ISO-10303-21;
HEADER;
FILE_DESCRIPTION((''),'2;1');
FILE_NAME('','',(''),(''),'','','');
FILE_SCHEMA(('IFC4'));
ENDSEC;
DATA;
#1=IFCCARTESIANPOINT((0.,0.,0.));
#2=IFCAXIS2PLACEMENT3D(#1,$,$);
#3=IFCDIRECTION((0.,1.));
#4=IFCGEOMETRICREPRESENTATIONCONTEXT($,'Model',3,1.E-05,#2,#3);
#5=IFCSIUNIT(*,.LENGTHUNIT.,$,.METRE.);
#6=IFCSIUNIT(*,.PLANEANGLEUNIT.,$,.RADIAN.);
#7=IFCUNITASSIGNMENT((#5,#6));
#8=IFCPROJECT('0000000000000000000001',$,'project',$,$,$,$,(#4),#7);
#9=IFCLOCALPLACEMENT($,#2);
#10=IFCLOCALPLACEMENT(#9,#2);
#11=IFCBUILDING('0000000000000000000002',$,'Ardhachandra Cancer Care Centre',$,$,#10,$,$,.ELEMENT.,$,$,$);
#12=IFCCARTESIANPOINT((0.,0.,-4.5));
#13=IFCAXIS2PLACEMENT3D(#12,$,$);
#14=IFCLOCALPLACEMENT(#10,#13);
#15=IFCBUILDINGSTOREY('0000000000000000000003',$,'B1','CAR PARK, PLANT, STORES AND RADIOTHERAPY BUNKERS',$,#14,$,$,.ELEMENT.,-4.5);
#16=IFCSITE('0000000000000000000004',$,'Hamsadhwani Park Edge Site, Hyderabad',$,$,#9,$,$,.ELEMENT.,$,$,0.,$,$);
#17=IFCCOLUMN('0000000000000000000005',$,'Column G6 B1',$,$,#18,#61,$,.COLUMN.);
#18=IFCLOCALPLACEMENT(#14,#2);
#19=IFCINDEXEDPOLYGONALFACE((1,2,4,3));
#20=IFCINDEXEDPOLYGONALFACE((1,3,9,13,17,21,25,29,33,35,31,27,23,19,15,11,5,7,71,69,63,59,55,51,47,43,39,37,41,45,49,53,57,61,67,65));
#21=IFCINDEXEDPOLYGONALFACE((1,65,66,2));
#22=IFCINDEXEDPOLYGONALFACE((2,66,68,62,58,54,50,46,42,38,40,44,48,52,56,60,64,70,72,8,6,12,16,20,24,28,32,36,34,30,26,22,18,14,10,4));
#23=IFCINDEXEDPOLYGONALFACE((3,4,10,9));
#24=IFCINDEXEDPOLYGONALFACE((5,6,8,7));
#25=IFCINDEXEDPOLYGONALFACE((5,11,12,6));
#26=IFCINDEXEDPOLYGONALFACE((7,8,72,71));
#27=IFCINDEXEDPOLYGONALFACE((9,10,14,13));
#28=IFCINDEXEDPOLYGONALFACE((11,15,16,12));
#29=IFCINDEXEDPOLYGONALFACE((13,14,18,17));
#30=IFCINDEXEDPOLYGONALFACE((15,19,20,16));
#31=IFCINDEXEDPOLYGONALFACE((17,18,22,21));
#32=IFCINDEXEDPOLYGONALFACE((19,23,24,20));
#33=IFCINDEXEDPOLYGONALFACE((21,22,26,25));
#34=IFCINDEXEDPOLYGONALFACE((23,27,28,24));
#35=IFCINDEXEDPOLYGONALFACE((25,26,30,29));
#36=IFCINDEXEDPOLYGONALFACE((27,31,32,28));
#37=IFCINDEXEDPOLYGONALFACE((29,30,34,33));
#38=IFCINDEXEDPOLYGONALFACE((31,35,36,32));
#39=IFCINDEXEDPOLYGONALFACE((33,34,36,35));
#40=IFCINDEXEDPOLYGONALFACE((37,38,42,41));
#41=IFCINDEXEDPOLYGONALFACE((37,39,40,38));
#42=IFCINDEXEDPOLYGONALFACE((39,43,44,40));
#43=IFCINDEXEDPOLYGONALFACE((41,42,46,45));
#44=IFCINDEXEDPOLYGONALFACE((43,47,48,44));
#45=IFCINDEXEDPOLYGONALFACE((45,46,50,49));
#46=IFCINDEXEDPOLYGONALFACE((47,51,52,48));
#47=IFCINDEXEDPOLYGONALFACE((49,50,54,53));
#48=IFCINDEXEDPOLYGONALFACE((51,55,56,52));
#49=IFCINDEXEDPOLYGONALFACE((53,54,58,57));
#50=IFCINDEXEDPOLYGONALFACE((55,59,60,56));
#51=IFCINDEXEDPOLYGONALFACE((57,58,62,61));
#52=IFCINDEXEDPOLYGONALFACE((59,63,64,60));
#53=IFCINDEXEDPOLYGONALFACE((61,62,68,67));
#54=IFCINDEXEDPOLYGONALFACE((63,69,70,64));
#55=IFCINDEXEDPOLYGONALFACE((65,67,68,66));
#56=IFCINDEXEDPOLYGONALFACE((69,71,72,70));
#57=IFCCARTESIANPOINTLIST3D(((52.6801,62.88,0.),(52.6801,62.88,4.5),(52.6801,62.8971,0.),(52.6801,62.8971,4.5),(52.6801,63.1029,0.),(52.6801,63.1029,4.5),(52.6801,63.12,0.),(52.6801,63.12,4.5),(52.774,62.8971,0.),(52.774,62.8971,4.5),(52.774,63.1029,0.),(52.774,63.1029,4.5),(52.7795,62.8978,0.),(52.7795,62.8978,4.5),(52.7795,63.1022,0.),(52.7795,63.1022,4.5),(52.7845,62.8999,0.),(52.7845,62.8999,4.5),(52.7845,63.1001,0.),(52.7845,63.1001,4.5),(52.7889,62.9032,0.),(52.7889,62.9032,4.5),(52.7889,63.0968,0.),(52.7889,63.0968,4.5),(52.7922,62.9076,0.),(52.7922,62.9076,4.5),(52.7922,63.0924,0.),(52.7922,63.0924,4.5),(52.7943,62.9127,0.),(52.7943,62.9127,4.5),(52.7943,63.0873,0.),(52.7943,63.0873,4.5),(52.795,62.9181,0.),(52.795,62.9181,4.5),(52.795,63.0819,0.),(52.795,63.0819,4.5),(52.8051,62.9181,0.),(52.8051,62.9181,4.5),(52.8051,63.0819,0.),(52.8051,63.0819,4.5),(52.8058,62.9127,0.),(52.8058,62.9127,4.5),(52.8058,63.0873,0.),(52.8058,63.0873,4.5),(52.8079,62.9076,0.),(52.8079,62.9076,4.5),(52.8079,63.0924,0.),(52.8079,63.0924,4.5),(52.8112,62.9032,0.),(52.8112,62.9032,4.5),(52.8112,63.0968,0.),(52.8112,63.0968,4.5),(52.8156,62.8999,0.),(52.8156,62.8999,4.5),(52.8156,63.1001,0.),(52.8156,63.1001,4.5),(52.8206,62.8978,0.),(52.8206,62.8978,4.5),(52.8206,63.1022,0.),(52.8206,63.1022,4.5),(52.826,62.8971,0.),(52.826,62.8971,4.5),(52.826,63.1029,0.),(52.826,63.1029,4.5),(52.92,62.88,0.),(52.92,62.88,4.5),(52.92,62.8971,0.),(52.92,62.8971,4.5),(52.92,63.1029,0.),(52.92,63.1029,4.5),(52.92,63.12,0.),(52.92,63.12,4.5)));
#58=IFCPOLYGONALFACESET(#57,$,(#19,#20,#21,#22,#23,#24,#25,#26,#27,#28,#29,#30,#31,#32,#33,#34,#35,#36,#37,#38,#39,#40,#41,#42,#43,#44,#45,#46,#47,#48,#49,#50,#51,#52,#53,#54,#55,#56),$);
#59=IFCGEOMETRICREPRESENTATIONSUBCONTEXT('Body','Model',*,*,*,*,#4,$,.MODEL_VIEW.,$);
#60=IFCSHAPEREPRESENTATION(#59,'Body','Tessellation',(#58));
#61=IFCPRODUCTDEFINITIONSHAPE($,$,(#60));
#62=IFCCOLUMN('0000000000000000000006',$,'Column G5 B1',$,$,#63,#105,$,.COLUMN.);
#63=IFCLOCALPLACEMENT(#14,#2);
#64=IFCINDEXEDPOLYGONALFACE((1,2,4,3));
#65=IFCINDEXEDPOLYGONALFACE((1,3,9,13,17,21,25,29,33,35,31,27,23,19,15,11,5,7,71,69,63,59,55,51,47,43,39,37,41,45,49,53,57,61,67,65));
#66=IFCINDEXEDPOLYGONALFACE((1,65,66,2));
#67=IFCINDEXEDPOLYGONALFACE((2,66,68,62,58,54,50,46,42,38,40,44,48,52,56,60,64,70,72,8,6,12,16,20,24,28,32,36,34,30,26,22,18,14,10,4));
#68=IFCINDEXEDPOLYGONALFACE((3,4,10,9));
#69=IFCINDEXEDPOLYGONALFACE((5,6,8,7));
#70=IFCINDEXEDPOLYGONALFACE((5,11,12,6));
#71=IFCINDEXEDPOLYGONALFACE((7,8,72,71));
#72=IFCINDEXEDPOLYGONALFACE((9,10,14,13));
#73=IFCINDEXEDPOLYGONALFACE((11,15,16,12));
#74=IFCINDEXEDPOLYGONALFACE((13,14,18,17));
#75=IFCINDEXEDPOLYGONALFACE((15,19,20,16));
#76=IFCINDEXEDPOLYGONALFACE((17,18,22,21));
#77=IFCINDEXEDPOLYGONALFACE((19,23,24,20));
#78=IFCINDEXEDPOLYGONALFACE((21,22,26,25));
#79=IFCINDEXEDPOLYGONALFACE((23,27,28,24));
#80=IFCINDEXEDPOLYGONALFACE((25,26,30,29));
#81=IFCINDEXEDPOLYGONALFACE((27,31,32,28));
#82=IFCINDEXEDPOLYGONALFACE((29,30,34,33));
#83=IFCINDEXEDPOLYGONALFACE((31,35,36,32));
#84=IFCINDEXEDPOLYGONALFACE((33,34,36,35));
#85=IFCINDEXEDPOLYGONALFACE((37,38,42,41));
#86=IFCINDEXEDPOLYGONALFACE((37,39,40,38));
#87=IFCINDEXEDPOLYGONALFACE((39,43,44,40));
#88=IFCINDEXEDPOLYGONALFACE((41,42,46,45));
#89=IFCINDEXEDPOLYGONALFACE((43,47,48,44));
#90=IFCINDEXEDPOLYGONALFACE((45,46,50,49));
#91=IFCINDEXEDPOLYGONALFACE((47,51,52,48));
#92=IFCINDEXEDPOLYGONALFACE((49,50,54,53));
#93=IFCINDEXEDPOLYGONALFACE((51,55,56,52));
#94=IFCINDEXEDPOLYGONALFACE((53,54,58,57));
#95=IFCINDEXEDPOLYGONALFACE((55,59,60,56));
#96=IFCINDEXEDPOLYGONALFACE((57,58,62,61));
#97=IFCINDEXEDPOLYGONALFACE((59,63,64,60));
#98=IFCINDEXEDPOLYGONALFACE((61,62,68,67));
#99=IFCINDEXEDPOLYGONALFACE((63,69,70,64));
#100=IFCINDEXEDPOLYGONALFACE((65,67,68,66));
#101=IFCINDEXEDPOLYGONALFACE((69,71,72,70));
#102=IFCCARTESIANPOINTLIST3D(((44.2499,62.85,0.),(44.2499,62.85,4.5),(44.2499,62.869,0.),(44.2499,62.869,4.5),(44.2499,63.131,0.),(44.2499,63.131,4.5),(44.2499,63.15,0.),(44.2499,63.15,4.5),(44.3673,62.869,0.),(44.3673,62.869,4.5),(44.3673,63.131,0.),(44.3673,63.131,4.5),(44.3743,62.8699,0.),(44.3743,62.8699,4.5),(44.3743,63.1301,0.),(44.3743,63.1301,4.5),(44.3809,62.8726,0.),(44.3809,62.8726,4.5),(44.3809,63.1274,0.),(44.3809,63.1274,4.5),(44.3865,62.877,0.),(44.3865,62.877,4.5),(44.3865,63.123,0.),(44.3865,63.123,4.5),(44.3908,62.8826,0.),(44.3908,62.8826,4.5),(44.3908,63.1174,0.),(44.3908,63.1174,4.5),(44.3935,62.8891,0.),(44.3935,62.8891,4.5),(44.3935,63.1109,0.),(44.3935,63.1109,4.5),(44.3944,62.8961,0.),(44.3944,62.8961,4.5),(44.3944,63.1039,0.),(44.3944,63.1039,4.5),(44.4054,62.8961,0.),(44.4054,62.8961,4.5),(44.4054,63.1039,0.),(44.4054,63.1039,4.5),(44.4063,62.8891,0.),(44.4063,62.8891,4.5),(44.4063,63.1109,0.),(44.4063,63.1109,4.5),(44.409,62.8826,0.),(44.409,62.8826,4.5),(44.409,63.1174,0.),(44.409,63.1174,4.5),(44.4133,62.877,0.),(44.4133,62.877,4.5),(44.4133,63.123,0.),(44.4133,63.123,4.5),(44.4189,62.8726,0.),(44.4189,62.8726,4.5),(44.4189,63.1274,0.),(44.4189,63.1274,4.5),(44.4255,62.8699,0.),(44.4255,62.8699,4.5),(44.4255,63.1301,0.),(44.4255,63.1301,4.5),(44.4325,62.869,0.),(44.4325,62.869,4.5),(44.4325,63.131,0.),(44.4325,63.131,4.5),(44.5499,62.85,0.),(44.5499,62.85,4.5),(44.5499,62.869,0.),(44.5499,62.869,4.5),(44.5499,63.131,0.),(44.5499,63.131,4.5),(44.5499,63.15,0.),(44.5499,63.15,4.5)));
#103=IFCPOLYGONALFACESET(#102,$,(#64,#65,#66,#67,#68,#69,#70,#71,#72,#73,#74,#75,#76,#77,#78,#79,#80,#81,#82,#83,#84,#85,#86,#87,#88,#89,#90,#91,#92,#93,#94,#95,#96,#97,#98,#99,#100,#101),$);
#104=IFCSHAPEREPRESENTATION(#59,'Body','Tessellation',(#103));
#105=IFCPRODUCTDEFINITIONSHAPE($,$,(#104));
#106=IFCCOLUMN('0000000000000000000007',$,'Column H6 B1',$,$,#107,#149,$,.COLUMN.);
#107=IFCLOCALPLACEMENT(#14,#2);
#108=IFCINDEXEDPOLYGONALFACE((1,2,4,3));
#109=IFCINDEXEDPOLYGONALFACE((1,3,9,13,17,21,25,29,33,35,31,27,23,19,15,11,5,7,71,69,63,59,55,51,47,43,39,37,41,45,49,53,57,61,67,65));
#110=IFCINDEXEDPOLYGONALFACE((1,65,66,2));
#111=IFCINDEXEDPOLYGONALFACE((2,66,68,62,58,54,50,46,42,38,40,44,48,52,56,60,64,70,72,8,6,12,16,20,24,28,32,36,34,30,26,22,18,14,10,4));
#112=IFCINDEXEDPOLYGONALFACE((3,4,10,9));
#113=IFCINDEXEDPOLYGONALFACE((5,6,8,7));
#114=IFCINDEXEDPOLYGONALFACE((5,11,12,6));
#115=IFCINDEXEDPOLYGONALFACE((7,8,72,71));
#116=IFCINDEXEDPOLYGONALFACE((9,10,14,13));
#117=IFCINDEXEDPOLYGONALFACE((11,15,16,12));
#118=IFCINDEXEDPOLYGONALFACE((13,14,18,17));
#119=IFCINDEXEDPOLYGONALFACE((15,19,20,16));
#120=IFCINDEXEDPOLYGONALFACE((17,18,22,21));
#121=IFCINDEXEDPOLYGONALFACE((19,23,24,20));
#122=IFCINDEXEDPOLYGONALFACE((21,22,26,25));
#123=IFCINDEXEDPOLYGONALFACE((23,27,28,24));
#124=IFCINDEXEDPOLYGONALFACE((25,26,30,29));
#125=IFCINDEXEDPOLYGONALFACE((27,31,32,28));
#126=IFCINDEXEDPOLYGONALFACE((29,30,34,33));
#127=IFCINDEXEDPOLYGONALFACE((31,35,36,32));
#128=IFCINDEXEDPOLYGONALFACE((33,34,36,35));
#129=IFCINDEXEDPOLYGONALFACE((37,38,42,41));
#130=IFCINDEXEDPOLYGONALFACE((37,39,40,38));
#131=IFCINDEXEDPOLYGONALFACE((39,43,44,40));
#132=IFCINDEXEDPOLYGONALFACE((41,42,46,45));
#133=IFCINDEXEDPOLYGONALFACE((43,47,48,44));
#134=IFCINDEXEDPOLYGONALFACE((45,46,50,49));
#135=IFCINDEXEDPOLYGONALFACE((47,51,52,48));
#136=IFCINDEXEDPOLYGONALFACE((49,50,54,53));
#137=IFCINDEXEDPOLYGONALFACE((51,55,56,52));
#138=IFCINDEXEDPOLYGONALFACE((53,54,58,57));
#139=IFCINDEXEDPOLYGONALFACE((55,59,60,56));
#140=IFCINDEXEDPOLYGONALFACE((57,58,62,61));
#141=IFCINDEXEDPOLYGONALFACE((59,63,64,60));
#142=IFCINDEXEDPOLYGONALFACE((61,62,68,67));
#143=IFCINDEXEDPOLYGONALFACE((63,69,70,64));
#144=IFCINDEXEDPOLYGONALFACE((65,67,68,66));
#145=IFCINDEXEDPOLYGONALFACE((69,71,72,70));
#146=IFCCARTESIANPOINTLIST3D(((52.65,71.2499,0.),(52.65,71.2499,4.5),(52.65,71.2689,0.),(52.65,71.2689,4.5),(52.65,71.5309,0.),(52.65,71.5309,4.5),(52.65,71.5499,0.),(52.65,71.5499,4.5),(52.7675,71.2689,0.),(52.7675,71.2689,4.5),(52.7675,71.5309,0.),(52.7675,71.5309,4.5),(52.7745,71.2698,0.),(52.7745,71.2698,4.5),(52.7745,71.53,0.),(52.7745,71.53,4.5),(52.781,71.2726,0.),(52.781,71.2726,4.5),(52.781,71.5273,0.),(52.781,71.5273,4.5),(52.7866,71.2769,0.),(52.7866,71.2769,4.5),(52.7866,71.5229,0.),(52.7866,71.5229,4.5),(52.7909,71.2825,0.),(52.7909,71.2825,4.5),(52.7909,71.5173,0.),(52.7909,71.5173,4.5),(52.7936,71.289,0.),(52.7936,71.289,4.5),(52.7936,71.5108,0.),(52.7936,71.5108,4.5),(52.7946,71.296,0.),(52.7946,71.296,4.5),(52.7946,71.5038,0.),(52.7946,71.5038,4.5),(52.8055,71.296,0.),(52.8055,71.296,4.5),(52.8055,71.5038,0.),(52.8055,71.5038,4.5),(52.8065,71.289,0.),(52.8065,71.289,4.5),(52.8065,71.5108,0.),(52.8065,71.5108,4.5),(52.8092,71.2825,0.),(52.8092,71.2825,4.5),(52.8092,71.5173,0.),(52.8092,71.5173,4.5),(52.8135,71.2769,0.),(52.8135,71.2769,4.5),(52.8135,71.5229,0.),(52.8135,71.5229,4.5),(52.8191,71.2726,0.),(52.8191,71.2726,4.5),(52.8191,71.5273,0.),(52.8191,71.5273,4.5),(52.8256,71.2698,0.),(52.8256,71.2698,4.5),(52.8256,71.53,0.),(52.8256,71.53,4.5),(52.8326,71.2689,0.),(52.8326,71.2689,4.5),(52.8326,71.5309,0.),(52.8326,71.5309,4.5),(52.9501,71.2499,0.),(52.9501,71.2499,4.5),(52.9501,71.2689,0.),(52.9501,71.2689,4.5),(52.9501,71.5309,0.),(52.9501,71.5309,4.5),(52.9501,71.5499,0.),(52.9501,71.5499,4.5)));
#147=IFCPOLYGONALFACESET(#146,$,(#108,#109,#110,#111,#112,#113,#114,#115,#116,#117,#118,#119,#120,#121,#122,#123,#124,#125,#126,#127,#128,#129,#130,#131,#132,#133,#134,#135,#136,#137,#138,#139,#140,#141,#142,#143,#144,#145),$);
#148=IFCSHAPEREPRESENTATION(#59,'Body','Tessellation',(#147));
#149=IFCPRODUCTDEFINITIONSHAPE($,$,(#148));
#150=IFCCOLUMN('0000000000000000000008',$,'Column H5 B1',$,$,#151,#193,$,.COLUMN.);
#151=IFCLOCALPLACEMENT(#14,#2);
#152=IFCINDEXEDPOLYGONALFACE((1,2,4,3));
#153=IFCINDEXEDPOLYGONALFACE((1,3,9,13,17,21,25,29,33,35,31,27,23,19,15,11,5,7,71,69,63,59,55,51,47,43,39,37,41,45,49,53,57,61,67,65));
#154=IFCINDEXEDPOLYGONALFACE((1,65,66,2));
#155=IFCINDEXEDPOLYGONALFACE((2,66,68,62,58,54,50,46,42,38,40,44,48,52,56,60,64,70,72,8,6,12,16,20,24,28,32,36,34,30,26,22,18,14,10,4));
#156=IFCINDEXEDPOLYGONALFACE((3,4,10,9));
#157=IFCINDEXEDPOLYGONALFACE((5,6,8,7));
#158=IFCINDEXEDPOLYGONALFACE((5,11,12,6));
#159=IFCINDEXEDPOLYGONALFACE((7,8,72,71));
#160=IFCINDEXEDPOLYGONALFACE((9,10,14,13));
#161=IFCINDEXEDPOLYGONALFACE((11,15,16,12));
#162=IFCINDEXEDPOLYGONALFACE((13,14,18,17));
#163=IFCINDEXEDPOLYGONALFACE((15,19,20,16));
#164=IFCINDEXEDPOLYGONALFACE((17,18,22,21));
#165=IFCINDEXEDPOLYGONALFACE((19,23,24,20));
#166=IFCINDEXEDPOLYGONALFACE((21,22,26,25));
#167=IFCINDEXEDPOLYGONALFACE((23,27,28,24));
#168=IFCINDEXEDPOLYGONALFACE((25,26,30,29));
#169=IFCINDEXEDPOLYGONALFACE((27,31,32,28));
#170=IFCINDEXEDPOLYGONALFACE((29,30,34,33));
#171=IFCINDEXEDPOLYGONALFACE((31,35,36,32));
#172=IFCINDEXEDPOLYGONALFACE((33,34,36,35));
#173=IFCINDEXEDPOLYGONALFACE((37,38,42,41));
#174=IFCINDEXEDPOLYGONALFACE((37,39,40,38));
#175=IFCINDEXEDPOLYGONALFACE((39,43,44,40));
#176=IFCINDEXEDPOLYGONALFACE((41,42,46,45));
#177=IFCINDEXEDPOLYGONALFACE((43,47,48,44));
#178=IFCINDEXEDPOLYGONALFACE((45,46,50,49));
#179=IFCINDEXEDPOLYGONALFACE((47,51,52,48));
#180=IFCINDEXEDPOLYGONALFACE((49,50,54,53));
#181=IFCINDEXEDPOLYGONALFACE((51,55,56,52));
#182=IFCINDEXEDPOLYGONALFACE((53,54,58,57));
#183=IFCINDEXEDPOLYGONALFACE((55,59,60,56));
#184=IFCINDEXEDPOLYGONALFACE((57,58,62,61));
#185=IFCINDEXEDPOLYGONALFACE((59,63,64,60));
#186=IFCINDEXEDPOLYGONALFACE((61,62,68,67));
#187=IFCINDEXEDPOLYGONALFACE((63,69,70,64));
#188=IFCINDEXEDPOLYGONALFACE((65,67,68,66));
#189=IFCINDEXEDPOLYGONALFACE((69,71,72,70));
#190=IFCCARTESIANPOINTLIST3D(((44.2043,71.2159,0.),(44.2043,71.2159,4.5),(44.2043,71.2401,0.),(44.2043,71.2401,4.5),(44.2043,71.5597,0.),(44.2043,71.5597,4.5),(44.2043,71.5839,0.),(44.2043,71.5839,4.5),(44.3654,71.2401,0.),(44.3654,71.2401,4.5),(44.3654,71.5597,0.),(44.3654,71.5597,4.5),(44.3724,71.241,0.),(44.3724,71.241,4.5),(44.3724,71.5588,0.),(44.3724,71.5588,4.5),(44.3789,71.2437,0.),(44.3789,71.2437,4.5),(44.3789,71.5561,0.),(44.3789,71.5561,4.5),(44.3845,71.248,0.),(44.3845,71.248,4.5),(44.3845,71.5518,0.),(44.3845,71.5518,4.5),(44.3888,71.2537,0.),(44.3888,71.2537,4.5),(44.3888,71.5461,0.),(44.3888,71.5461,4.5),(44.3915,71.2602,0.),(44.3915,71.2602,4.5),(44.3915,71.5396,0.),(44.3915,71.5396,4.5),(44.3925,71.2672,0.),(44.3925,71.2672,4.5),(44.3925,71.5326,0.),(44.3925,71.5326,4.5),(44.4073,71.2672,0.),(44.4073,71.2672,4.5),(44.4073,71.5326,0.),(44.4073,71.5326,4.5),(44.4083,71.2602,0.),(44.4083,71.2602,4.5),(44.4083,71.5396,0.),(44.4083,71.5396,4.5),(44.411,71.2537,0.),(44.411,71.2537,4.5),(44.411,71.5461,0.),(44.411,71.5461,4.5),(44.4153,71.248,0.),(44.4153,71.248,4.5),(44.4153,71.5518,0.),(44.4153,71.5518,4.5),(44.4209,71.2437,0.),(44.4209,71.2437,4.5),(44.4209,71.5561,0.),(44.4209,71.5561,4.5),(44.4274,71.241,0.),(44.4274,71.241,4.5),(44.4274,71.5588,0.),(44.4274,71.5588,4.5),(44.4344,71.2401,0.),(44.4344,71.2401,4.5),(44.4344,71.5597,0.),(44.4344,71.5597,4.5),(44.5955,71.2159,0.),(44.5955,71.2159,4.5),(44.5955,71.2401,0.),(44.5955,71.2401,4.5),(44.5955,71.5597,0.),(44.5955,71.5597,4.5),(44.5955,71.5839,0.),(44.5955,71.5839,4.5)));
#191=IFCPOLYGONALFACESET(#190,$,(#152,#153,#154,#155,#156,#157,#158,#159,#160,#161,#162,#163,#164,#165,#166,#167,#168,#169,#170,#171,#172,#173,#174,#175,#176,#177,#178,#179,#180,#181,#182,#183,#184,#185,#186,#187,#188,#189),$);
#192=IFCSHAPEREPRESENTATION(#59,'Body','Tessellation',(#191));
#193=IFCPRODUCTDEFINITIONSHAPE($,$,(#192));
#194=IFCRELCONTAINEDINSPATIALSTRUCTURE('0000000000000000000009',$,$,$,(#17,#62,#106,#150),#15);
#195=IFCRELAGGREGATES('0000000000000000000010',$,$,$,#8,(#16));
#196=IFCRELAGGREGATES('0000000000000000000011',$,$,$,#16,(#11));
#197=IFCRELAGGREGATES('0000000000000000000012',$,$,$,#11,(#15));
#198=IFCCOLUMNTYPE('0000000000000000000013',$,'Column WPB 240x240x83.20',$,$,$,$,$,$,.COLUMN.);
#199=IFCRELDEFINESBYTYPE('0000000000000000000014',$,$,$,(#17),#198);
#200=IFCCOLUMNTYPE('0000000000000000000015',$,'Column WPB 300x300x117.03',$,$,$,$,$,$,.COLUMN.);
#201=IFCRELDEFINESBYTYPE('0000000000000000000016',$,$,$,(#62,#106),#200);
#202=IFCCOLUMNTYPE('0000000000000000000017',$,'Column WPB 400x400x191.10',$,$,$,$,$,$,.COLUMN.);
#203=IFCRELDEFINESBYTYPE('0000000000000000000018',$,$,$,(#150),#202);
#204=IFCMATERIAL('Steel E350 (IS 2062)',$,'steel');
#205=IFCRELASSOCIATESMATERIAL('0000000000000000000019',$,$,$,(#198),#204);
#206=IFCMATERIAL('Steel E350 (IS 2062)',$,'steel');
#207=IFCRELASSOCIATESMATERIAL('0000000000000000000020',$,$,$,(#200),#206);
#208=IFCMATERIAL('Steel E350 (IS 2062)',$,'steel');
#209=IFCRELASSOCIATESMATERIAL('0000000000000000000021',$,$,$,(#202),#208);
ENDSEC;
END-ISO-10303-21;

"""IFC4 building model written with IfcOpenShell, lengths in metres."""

from ifc_helpers import new_model, si_unit, direction, frame, origin, origin_2d, place, context, subcontext, project, spatial, i_section, extrude, material, material_profile, profile_set, type_object, element, save


model = new_model("IFC4")

# Units and contexts
model_context = context("Model", 3, precision=1e-05, world=origin(), true_north=direction((0.0, 1.0)))
body_context = subcontext(model_context, "Body", "Model", "MODEL_VIEW")
ifc_project = project(units=[si_unit("LENGTHUNIT", "METRE"), si_unit("PLANEANGLEUNIT", "RADIAN")], contexts=[model_context])

# Site, building, storey
site_placement = place(None, origin())
site = spatial("IfcSite", under=ifc_project, at=site_placement, Name="Hamsadhwani Park Edge Site, Hyderabad", CompositionType="ELEMENT", RefElevation=0.0)
building_placement = place(site_placement, origin())
building = spatial("IfcBuilding", under=site, at=building_placement, Name="Ardhachandra Cancer Care Centre", CompositionType="ELEMENT")
storey_placement = place(building_placement, frame((0.0, 0.0, -4.5)))
storey = spatial("IfcBuildingStorey", under=building, at=storey_placement, Name="B1", Description="CAR PARK, PLANT, STORES AND RADIOTHERAPY BUNKERS", CompositionType="ELEMENT", Elevation=-4.5)

# Columns
ifc_material_1 = material(Name="Steel E350 (IS 2062)", Category="steel")
ifc_material_profile_1 = material_profile(ifc_material_1, i_section(OverallWidth=0.24, OverallDepth=0.24, WebThickness=0.01, FlangeThickness=0.0171, FilletRadius=0.021, at=origin_2d()), Name="WPB 240x240x83.20")
ifc_profile_set_1 = profile_set([ifc_material_profile_1], Name="Steel E350 (IS 2062)")
column_type_1 = type_object("IfcColumnType", Name="Column WPB 240x240x83.20", PredefinedType="COLUMN", material=ifc_profile_set_1)
column_1_placement = place(storey_placement, frame((52.8, 63.0, 0.0), z_axis=(0.0, 0.0, 1.0), x_axis=(1.0, 0.0, 0.0)))
element("IfcColumn", 1, at=column_1_placement, inside=storey, type_object=column_type_1, Name="Column G6 B1", PredefinedType="COLUMN", context=body_context, shape_type="SweptSolid", body=[
    extrude(i_section(OverallWidth=0.24, OverallDepth=0.24, WebThickness=0.01, FlangeThickness=0.0171, FilletRadius=0.021, at=origin_2d()), origin(), (0.0, 0.0, 1.0), 4.5),
])
ifc_material_2 = material(Name="Steel E350 (IS 2062)", Category="steel")
ifc_material_profile_2 = material_profile(ifc_material_2, i_section(OverallWidth=0.3, OverallDepth=0.3, WebThickness=0.011, FlangeThickness=0.019, FilletRadius=0.0271, at=origin_2d()), Name="WPB 300x300x117.03")
ifc_profile_set_2 = profile_set([ifc_material_profile_2], Name="Steel E350 (IS 2062)")
column_type_2 = type_object("IfcColumnType", Name="Column WPB 300x300x117.03", PredefinedType="COLUMN", material=ifc_profile_set_2)
for number, where, z_axis, x_axis, name in (
    (2, (44.3999, 63.0, 0.0), (0.0, 0.0, 1.0), (1.0, 0.0, 0.0), "Column G5 B1"),
    (3, (52.8, 71.3999, 0.0), (0.0, 0.0, 1.0), (1.0, 0.0, 0.0), "Column H6 B1"),
):
    element("IfcColumn", number, at=place(storey_placement, frame(where, z_axis=z_axis, x_axis=x_axis)), inside=storey, type_object=column_type_2, Name=name, PredefinedType="COLUMN", context=body_context, shape_type="SweptSolid", body=[
        extrude(i_section(OverallWidth=0.3, OverallDepth=0.3, WebThickness=0.011, FlangeThickness=0.019, FilletRadius=0.0271, at=origin_2d()), origin(), (0.0, 0.0, 1.0), 4.5),
    ])
ifc_material_3 = material(Name="Steel E350 (IS 2062)", Category="steel")
ifc_material_profile_3 = material_profile(ifc_material_3, i_section(OverallWidth=0.3911, OverallDepth=0.3679, WebThickness=0.0149, FlangeThickness=0.0242, FilletRadius=0.0271, at=origin_2d()), Name="WPB 400x400x191.10")
ifc_profile_set_3 = profile_set([ifc_material_profile_3], Name="Steel E350 (IS 2062)")
column_type_3 = type_object("IfcColumnType", Name="Column WPB 400x400x191.10", PredefinedType="COLUMN", material=ifc_profile_set_3)
column_2_placement = place(storey_placement, frame((44.3999, 71.3999, 0.0), z_axis=(0.0, 0.0, 1.0), x_axis=(1.0, 0.0, 0.0)))
element("IfcColumn", 4, at=column_2_placement, inside=storey, type_object=column_type_3, Name="Column H5 B1", PredefinedType="COLUMN", context=body_context, shape_type="SweptSolid", body=[
    extrude(i_section(OverallWidth=0.3911, OverallDepth=0.3679, WebThickness=0.0149, FlangeThickness=0.0242, FilletRadius=0.0271, at=origin_2d()), origin(), (0.0, 0.0, 1.0), 4.5),
])

save(model, "model.ifc")
